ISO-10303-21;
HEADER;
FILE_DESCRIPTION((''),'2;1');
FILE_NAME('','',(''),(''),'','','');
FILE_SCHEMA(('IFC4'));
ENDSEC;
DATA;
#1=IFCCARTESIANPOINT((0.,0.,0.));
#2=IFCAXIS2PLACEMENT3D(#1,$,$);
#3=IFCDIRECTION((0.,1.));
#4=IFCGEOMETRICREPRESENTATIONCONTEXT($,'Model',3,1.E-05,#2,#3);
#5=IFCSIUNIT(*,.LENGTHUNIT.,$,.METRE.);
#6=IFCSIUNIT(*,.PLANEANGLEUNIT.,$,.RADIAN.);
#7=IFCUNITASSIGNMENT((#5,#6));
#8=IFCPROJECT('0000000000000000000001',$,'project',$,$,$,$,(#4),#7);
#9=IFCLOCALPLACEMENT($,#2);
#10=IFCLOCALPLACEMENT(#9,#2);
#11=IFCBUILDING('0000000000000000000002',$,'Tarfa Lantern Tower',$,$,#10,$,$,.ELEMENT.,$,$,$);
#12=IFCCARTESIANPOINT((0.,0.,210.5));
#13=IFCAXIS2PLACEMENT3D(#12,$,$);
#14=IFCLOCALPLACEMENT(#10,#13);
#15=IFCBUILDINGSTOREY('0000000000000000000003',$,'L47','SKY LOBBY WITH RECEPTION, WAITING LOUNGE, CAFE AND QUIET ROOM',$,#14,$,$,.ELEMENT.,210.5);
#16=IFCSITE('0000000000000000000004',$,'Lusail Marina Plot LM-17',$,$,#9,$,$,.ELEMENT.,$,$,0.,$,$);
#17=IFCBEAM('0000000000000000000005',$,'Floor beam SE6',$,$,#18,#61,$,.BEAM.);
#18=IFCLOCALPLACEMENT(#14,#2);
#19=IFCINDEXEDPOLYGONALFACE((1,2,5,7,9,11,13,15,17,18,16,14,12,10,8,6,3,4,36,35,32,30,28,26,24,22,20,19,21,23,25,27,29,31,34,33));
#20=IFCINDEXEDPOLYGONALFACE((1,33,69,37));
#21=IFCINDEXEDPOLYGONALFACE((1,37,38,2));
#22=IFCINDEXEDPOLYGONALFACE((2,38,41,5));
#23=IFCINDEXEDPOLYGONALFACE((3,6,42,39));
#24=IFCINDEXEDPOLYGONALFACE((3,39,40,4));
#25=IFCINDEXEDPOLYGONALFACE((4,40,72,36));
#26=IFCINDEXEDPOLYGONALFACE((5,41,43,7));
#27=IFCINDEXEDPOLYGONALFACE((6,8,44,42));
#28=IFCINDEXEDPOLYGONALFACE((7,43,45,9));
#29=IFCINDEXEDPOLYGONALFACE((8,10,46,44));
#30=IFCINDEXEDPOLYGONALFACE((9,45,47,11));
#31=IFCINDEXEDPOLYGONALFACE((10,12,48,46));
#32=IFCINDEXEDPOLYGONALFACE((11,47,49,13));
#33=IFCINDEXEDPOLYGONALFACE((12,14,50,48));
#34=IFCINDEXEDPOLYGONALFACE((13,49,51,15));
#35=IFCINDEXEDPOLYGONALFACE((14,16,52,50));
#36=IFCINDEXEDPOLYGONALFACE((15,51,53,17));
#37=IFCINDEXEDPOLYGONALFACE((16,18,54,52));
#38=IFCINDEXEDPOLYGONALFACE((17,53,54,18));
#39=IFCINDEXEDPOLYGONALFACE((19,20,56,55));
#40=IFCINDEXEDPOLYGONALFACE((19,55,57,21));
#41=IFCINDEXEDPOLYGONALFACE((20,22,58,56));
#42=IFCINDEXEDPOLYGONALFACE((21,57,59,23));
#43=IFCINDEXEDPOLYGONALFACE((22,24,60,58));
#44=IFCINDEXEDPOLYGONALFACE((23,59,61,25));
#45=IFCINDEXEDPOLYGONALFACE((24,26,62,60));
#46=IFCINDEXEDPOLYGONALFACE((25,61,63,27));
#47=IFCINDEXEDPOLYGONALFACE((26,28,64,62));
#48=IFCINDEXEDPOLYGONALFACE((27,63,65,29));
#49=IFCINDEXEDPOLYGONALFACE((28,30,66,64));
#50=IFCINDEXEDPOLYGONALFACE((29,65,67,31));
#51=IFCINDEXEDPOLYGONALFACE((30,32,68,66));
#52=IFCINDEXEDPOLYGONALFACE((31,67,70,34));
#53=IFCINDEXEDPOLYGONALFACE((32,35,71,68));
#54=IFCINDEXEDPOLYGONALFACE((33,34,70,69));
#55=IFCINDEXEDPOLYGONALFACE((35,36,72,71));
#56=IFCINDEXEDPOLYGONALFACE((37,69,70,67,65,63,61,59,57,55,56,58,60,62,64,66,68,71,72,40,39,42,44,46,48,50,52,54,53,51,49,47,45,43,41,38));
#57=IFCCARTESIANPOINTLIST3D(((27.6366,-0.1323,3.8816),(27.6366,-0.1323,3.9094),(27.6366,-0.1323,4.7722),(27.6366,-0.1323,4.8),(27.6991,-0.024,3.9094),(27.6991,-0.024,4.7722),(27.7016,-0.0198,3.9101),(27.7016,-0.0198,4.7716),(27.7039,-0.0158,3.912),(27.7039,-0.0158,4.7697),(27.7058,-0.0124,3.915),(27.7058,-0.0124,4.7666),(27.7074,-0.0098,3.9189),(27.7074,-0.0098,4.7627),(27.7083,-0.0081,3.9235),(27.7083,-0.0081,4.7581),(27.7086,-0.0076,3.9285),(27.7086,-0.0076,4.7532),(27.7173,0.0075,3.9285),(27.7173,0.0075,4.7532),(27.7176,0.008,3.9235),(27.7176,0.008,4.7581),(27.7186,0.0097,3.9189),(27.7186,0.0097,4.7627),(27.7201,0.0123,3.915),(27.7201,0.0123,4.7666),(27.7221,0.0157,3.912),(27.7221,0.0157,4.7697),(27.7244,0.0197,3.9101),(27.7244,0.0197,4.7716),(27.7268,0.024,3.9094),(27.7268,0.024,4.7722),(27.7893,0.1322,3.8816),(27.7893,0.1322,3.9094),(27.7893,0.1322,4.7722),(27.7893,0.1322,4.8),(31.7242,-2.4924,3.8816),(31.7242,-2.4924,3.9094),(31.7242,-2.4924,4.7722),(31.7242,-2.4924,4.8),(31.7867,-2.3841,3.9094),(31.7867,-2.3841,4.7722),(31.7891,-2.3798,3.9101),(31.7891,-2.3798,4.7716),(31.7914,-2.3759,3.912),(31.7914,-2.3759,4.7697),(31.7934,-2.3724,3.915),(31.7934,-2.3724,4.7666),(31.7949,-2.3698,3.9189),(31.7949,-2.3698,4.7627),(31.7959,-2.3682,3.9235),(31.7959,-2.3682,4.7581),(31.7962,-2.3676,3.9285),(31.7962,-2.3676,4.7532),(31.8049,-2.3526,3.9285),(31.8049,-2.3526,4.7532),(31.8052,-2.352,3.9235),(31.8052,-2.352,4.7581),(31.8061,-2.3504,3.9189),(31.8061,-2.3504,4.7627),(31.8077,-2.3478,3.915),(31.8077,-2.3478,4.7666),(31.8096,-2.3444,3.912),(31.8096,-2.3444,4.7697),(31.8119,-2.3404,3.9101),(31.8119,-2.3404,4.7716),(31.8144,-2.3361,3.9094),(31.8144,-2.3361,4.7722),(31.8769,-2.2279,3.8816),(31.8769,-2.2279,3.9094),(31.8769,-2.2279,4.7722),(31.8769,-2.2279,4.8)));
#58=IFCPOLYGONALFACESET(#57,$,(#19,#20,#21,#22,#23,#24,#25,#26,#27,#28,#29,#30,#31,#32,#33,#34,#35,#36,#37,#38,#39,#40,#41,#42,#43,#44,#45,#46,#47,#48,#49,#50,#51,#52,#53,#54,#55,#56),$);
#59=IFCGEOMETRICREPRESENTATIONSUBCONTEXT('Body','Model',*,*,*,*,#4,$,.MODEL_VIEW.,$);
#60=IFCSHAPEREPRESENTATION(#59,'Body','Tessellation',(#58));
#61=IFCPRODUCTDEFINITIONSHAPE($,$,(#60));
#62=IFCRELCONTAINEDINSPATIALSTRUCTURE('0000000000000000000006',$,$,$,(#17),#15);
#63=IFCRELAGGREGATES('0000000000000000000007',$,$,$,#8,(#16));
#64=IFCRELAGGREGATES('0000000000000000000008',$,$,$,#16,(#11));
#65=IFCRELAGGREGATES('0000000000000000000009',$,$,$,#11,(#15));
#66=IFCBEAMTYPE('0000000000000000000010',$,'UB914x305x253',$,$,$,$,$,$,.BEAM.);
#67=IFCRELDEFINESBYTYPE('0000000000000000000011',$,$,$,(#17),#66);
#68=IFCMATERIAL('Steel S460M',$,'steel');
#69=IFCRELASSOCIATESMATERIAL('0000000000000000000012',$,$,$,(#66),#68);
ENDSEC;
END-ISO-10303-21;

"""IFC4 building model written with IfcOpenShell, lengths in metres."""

from ifc_helpers import new_model, si_unit, direction, frame, origin, origin_2d, place, context, subcontext, project, spatial, i_section, extrude, material, material_profile, profile_set, type_object, element, save


model = new_model("IFC4")

# Units and contexts
model_context = context("Model", 3, precision=1e-05, world=origin(), true_north=direction((0.0, 1.0)))
body_context = subcontext(model_context, "Body", "Model", "MODEL_VIEW")
ifc_project = project(units=[si_unit("LENGTHUNIT", "METRE"), si_unit("PLANEANGLEUNIT", "RADIAN")], contexts=[model_context])

# Site, building, storey
site_placement = place(None, origin())
site = spatial("IfcSite", under=ifc_project, at=site_placement, Name="Lusail Marina Plot LM-17", CompositionType="ELEMENT", RefElevation=0.0)
building_placement = place(site_placement, origin())
building = spatial("IfcBuilding", under=site, at=building_placement, Name="Tarfa Lantern Tower", CompositionType="ELEMENT")
storey_placement = place(building_placement, frame((0.0, 0.0, 210.5)))
storey = spatial("IfcBuildingStorey", under=building, at=storey_placement, Name="L47", Description="SKY LOBBY WITH RECEPTION, WAITING LOUNGE, CAFE AND QUIET ROOM", CompositionType="ELEMENT", Elevation=210.5)

# Shared definitions
ifc_material_1 = material(Name="Steel S460M", Category="steel")

# Beam
ifc_material_profile_1 = material_profile(ifc_material_1, i_section(OverallWidth=0.3054, OverallDepth=0.9185, WebThickness=0.0173, FlangeThickness=0.0278, FilletRadius=0.019, at=origin_2d()), Name="UB914x305x253")
ifc_profile_set_1 = profile_set([ifc_material_profile_1], Name="Steel S460M")
beam_type_1 = type_object("IfcBeamType", Name="UB914x305x253", PredefinedType="BEAM", material=ifc_profile_set_1)
beam_1_placement = place(storey_placement, frame((31.8005, -2.3601, 4.3408), z_axis=(-0.866016, 0.500016, 0.0), x_axis=(-0.500016, -0.866016, 0.0)))
element("IfcBeam", 1, at=beam_1_placement, inside=storey, type_object=beam_type_1, Name="Floor beam SE6", PredefinedType="BEAM", context=body_context, shape_type="SweptSolid", body=[
    extrude(i_section(OverallWidth=0.3054, OverallDepth=0.9185, WebThickness=0.0173, FlangeThickness=0.0278, FilletRadius=0.019, at=origin_2d()), origin(), (0.0, 0.0, 1.0), 4.72),
])

save(model, "model.ifc")
